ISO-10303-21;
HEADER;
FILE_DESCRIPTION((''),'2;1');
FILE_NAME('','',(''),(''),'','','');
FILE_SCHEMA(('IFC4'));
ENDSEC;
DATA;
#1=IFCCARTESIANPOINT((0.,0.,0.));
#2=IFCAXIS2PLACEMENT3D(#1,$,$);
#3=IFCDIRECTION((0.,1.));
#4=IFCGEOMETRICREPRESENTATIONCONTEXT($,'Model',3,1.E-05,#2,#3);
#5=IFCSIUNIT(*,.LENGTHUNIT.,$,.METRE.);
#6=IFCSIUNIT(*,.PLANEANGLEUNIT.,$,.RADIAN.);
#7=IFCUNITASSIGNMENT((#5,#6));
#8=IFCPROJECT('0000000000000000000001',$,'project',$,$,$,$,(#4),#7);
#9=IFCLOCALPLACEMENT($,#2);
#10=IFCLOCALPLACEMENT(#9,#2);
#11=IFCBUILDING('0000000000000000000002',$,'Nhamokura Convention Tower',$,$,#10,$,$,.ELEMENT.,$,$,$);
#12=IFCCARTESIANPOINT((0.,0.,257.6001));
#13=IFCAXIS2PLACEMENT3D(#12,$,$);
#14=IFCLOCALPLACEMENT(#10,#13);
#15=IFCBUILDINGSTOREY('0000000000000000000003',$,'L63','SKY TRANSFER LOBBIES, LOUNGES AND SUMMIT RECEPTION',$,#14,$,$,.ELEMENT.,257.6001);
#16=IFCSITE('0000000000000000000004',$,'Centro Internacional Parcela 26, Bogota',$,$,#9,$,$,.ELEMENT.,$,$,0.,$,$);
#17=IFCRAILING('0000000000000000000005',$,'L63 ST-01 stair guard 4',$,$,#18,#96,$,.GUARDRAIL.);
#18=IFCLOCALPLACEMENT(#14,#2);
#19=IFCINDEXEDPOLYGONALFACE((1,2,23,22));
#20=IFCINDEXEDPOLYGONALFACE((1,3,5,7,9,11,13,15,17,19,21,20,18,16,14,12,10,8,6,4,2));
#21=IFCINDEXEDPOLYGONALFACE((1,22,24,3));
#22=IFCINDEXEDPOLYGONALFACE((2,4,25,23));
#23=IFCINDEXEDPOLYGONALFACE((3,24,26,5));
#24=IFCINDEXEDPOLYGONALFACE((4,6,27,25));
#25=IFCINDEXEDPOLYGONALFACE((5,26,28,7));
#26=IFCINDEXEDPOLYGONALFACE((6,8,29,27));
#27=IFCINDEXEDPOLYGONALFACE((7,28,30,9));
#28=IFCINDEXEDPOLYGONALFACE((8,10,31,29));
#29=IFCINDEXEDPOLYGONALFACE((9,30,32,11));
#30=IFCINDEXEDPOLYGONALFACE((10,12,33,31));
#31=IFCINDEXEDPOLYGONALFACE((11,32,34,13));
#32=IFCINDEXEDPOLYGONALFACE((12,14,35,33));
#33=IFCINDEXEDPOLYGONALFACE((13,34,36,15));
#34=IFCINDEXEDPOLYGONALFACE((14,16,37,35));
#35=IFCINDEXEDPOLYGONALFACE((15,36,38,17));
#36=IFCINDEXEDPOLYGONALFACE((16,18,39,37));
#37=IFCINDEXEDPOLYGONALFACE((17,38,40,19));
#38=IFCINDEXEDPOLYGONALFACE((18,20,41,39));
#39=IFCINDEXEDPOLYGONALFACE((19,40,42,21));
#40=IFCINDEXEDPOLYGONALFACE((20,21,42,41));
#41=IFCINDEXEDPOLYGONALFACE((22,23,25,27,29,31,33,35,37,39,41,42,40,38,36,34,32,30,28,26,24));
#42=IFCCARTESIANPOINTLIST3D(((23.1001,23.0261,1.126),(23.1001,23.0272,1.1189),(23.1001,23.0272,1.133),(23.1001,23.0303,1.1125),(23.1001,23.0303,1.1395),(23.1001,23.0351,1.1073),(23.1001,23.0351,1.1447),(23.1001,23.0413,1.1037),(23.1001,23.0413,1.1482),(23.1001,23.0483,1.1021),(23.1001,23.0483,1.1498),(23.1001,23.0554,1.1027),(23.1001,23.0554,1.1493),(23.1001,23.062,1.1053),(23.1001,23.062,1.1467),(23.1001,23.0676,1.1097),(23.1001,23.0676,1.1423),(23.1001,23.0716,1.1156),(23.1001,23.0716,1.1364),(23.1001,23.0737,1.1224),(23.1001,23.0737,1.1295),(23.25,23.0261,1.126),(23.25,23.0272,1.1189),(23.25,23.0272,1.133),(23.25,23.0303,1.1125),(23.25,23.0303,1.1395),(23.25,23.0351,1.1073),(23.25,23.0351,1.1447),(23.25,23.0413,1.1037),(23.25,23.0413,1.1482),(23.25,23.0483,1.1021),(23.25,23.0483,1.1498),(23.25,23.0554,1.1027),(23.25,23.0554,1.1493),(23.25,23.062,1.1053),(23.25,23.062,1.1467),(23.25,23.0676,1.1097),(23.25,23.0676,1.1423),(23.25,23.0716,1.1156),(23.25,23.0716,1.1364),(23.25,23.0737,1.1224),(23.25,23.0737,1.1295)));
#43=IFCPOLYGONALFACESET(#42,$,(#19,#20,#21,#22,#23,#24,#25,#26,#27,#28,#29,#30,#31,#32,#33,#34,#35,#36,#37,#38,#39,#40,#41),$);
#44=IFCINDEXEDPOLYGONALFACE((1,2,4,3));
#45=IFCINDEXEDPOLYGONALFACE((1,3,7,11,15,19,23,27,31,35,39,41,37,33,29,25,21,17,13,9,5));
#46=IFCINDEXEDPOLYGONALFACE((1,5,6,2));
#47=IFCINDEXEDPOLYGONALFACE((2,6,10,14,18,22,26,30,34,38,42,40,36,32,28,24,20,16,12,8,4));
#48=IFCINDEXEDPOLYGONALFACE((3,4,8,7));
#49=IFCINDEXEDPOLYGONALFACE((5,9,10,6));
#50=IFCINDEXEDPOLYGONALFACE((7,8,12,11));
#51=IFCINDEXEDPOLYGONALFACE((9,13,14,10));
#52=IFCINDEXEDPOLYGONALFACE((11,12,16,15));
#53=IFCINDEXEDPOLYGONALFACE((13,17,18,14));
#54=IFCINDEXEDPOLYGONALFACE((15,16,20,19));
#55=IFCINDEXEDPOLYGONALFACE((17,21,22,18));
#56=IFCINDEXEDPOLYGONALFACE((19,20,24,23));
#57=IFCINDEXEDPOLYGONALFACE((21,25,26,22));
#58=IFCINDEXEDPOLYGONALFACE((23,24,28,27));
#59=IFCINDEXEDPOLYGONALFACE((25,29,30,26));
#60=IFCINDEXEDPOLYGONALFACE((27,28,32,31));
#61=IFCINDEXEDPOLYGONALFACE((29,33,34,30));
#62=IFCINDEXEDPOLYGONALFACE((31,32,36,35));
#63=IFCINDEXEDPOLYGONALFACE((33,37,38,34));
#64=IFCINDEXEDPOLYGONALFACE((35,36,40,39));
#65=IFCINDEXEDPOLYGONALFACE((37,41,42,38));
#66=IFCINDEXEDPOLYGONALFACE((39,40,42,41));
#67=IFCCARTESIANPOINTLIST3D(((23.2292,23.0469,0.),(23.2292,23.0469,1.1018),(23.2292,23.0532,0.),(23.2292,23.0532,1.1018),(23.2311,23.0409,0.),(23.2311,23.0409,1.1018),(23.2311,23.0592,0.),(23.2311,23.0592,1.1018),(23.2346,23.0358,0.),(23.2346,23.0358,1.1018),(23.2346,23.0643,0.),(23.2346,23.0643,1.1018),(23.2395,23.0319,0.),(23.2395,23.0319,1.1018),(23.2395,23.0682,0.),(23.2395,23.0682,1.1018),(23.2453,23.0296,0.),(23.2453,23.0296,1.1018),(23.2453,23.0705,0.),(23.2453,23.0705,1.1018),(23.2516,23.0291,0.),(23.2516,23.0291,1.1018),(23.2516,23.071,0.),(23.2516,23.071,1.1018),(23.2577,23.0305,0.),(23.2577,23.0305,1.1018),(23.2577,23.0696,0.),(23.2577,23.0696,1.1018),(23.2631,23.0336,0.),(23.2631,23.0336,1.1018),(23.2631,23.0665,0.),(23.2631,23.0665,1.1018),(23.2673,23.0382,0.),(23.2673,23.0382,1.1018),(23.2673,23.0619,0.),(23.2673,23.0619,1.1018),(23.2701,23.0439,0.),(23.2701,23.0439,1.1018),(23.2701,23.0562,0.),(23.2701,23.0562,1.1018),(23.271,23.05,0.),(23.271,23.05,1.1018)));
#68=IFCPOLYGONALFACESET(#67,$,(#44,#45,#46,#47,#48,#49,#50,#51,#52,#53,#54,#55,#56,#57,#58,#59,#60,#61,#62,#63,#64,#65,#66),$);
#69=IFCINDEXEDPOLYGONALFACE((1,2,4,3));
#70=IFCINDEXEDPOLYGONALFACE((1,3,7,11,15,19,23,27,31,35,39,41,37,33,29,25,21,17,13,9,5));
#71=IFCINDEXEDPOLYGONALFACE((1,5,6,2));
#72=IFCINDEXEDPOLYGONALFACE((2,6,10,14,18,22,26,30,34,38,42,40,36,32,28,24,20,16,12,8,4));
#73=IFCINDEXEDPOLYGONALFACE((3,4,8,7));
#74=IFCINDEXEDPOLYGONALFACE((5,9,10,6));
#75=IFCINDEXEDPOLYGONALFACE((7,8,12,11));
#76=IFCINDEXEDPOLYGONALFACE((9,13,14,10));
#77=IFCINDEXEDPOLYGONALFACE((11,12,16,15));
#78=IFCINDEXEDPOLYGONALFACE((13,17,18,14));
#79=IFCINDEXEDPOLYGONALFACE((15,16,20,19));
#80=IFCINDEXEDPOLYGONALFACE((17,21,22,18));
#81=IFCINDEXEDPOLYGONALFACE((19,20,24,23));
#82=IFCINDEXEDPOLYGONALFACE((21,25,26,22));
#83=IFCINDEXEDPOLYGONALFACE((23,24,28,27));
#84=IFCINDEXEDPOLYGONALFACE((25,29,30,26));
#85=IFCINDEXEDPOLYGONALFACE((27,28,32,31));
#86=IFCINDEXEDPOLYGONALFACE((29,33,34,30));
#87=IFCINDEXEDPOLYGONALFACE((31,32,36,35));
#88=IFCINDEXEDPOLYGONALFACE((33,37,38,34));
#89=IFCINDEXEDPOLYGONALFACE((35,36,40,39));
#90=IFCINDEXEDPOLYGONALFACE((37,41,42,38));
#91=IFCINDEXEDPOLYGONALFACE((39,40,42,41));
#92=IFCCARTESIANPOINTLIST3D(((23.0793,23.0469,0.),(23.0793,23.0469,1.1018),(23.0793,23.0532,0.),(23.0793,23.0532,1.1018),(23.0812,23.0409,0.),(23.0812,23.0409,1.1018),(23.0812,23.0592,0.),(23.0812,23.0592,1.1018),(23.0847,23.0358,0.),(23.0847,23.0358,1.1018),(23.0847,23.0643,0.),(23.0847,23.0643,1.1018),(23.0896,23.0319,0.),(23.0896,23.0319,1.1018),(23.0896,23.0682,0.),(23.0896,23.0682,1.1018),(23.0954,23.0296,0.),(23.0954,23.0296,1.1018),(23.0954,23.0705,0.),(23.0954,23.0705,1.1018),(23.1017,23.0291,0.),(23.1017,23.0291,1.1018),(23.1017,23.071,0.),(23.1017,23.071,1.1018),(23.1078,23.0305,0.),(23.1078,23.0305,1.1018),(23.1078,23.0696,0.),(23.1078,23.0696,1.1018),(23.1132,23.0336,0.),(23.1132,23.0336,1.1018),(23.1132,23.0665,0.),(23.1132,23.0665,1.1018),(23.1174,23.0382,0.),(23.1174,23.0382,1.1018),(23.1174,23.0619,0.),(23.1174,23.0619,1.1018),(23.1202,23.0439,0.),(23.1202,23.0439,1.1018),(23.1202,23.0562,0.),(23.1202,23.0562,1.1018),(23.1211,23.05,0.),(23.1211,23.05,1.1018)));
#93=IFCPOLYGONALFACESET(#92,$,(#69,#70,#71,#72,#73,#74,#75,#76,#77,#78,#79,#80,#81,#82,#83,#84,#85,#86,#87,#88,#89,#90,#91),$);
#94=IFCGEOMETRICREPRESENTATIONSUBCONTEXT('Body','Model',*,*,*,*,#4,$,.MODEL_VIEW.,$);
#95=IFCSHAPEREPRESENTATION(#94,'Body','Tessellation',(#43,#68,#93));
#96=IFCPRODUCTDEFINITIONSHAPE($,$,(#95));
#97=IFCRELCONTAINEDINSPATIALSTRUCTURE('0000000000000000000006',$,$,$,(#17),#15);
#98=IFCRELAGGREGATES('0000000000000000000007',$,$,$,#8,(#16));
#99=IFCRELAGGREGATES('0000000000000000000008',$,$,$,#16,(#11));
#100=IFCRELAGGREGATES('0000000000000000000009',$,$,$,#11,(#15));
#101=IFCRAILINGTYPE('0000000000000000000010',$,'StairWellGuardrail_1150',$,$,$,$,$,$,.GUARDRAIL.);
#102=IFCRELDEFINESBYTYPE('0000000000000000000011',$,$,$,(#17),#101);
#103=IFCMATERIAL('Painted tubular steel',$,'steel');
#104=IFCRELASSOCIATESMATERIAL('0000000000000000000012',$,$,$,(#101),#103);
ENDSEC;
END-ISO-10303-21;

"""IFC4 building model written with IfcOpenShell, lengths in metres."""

from ifc_helpers import new_model, si_unit, direction, frame, origin, origin_2d, place, context, subcontext, project, spatial, circle, extrude, material, type_object, element, save


model = new_model("IFC4")

# Units and contexts
model_context = context("Model", 3, precision=1e-05, world=origin(), true_north=direction((0.0, 1.0)))
body_context = subcontext(model_context, "Body", "Model", "MODEL_VIEW")
ifc_project = project(units=[si_unit("LENGTHUNIT", "METRE"), si_unit("PLANEANGLEUNIT", "RADIAN")], contexts=[model_context])

# Site, building, storey
site_placement = place(None, origin())
site = spatial("IfcSite", under=ifc_project, at=site_placement, Name="Centro Internacional Parcela 26, Bogota", CompositionType="ELEMENT", RefElevation=0.0)
building_placement = place(site_placement, origin())
building = spatial("IfcBuilding", under=site, at=building_placement, Name="Nhamokura Convention Tower", CompositionType="ELEMENT")
storey_placement = place(building_placement, frame((0.0, 0.0, 257.6001)))
storey = spatial("IfcBuildingStorey", under=building, at=storey_placement, Name="L63", Description="SKY TRANSFER LOBBIES, LOUNGES AND SUMMIT RECEPTION", CompositionType="ELEMENT", Elevation=257.6001)

# Railing
ifc_material_1 = material(Name="Painted tubular steel", Category="steel")
railing_type_1 = type_object("IfcRailingType", Name="StairWellGuardrail_1150", PredefinedType="GUARDRAIL", material=ifc_material_1)
railing_1_placement = place(storey_placement, frame((23.25, 23.05, 0.0)))
element("IfcRailing", 1, at=railing_1_placement, inside=storey, type_object=railing_type_1, Name="L63 ST-01 stair guard 4", PredefinedType="GUARDRAIL", context=body_context, shape_type="SweptSolid", body=[
    extrude(circle(Radius=0.0239, at=origin_2d()), frame((0.0, 0.0, 1.126), z_axis=(-1.0, 0.0, 0.0), x_axis=(0.0, -1.0, 0.0)), (0.0, 0.0, 1.0), 0.1499),
    extrude(circle(Radius=0.021, at=origin_2d()), origin(), (0.0, 0.0, 1.0), 1.1018),
    extrude(circle(Radius=0.021, at=origin_2d()), frame((-0.1499, 0.0, 0.0)), (0.0, 0.0, 1.0), 1.1018),
])

save(model, "model.ifc")
